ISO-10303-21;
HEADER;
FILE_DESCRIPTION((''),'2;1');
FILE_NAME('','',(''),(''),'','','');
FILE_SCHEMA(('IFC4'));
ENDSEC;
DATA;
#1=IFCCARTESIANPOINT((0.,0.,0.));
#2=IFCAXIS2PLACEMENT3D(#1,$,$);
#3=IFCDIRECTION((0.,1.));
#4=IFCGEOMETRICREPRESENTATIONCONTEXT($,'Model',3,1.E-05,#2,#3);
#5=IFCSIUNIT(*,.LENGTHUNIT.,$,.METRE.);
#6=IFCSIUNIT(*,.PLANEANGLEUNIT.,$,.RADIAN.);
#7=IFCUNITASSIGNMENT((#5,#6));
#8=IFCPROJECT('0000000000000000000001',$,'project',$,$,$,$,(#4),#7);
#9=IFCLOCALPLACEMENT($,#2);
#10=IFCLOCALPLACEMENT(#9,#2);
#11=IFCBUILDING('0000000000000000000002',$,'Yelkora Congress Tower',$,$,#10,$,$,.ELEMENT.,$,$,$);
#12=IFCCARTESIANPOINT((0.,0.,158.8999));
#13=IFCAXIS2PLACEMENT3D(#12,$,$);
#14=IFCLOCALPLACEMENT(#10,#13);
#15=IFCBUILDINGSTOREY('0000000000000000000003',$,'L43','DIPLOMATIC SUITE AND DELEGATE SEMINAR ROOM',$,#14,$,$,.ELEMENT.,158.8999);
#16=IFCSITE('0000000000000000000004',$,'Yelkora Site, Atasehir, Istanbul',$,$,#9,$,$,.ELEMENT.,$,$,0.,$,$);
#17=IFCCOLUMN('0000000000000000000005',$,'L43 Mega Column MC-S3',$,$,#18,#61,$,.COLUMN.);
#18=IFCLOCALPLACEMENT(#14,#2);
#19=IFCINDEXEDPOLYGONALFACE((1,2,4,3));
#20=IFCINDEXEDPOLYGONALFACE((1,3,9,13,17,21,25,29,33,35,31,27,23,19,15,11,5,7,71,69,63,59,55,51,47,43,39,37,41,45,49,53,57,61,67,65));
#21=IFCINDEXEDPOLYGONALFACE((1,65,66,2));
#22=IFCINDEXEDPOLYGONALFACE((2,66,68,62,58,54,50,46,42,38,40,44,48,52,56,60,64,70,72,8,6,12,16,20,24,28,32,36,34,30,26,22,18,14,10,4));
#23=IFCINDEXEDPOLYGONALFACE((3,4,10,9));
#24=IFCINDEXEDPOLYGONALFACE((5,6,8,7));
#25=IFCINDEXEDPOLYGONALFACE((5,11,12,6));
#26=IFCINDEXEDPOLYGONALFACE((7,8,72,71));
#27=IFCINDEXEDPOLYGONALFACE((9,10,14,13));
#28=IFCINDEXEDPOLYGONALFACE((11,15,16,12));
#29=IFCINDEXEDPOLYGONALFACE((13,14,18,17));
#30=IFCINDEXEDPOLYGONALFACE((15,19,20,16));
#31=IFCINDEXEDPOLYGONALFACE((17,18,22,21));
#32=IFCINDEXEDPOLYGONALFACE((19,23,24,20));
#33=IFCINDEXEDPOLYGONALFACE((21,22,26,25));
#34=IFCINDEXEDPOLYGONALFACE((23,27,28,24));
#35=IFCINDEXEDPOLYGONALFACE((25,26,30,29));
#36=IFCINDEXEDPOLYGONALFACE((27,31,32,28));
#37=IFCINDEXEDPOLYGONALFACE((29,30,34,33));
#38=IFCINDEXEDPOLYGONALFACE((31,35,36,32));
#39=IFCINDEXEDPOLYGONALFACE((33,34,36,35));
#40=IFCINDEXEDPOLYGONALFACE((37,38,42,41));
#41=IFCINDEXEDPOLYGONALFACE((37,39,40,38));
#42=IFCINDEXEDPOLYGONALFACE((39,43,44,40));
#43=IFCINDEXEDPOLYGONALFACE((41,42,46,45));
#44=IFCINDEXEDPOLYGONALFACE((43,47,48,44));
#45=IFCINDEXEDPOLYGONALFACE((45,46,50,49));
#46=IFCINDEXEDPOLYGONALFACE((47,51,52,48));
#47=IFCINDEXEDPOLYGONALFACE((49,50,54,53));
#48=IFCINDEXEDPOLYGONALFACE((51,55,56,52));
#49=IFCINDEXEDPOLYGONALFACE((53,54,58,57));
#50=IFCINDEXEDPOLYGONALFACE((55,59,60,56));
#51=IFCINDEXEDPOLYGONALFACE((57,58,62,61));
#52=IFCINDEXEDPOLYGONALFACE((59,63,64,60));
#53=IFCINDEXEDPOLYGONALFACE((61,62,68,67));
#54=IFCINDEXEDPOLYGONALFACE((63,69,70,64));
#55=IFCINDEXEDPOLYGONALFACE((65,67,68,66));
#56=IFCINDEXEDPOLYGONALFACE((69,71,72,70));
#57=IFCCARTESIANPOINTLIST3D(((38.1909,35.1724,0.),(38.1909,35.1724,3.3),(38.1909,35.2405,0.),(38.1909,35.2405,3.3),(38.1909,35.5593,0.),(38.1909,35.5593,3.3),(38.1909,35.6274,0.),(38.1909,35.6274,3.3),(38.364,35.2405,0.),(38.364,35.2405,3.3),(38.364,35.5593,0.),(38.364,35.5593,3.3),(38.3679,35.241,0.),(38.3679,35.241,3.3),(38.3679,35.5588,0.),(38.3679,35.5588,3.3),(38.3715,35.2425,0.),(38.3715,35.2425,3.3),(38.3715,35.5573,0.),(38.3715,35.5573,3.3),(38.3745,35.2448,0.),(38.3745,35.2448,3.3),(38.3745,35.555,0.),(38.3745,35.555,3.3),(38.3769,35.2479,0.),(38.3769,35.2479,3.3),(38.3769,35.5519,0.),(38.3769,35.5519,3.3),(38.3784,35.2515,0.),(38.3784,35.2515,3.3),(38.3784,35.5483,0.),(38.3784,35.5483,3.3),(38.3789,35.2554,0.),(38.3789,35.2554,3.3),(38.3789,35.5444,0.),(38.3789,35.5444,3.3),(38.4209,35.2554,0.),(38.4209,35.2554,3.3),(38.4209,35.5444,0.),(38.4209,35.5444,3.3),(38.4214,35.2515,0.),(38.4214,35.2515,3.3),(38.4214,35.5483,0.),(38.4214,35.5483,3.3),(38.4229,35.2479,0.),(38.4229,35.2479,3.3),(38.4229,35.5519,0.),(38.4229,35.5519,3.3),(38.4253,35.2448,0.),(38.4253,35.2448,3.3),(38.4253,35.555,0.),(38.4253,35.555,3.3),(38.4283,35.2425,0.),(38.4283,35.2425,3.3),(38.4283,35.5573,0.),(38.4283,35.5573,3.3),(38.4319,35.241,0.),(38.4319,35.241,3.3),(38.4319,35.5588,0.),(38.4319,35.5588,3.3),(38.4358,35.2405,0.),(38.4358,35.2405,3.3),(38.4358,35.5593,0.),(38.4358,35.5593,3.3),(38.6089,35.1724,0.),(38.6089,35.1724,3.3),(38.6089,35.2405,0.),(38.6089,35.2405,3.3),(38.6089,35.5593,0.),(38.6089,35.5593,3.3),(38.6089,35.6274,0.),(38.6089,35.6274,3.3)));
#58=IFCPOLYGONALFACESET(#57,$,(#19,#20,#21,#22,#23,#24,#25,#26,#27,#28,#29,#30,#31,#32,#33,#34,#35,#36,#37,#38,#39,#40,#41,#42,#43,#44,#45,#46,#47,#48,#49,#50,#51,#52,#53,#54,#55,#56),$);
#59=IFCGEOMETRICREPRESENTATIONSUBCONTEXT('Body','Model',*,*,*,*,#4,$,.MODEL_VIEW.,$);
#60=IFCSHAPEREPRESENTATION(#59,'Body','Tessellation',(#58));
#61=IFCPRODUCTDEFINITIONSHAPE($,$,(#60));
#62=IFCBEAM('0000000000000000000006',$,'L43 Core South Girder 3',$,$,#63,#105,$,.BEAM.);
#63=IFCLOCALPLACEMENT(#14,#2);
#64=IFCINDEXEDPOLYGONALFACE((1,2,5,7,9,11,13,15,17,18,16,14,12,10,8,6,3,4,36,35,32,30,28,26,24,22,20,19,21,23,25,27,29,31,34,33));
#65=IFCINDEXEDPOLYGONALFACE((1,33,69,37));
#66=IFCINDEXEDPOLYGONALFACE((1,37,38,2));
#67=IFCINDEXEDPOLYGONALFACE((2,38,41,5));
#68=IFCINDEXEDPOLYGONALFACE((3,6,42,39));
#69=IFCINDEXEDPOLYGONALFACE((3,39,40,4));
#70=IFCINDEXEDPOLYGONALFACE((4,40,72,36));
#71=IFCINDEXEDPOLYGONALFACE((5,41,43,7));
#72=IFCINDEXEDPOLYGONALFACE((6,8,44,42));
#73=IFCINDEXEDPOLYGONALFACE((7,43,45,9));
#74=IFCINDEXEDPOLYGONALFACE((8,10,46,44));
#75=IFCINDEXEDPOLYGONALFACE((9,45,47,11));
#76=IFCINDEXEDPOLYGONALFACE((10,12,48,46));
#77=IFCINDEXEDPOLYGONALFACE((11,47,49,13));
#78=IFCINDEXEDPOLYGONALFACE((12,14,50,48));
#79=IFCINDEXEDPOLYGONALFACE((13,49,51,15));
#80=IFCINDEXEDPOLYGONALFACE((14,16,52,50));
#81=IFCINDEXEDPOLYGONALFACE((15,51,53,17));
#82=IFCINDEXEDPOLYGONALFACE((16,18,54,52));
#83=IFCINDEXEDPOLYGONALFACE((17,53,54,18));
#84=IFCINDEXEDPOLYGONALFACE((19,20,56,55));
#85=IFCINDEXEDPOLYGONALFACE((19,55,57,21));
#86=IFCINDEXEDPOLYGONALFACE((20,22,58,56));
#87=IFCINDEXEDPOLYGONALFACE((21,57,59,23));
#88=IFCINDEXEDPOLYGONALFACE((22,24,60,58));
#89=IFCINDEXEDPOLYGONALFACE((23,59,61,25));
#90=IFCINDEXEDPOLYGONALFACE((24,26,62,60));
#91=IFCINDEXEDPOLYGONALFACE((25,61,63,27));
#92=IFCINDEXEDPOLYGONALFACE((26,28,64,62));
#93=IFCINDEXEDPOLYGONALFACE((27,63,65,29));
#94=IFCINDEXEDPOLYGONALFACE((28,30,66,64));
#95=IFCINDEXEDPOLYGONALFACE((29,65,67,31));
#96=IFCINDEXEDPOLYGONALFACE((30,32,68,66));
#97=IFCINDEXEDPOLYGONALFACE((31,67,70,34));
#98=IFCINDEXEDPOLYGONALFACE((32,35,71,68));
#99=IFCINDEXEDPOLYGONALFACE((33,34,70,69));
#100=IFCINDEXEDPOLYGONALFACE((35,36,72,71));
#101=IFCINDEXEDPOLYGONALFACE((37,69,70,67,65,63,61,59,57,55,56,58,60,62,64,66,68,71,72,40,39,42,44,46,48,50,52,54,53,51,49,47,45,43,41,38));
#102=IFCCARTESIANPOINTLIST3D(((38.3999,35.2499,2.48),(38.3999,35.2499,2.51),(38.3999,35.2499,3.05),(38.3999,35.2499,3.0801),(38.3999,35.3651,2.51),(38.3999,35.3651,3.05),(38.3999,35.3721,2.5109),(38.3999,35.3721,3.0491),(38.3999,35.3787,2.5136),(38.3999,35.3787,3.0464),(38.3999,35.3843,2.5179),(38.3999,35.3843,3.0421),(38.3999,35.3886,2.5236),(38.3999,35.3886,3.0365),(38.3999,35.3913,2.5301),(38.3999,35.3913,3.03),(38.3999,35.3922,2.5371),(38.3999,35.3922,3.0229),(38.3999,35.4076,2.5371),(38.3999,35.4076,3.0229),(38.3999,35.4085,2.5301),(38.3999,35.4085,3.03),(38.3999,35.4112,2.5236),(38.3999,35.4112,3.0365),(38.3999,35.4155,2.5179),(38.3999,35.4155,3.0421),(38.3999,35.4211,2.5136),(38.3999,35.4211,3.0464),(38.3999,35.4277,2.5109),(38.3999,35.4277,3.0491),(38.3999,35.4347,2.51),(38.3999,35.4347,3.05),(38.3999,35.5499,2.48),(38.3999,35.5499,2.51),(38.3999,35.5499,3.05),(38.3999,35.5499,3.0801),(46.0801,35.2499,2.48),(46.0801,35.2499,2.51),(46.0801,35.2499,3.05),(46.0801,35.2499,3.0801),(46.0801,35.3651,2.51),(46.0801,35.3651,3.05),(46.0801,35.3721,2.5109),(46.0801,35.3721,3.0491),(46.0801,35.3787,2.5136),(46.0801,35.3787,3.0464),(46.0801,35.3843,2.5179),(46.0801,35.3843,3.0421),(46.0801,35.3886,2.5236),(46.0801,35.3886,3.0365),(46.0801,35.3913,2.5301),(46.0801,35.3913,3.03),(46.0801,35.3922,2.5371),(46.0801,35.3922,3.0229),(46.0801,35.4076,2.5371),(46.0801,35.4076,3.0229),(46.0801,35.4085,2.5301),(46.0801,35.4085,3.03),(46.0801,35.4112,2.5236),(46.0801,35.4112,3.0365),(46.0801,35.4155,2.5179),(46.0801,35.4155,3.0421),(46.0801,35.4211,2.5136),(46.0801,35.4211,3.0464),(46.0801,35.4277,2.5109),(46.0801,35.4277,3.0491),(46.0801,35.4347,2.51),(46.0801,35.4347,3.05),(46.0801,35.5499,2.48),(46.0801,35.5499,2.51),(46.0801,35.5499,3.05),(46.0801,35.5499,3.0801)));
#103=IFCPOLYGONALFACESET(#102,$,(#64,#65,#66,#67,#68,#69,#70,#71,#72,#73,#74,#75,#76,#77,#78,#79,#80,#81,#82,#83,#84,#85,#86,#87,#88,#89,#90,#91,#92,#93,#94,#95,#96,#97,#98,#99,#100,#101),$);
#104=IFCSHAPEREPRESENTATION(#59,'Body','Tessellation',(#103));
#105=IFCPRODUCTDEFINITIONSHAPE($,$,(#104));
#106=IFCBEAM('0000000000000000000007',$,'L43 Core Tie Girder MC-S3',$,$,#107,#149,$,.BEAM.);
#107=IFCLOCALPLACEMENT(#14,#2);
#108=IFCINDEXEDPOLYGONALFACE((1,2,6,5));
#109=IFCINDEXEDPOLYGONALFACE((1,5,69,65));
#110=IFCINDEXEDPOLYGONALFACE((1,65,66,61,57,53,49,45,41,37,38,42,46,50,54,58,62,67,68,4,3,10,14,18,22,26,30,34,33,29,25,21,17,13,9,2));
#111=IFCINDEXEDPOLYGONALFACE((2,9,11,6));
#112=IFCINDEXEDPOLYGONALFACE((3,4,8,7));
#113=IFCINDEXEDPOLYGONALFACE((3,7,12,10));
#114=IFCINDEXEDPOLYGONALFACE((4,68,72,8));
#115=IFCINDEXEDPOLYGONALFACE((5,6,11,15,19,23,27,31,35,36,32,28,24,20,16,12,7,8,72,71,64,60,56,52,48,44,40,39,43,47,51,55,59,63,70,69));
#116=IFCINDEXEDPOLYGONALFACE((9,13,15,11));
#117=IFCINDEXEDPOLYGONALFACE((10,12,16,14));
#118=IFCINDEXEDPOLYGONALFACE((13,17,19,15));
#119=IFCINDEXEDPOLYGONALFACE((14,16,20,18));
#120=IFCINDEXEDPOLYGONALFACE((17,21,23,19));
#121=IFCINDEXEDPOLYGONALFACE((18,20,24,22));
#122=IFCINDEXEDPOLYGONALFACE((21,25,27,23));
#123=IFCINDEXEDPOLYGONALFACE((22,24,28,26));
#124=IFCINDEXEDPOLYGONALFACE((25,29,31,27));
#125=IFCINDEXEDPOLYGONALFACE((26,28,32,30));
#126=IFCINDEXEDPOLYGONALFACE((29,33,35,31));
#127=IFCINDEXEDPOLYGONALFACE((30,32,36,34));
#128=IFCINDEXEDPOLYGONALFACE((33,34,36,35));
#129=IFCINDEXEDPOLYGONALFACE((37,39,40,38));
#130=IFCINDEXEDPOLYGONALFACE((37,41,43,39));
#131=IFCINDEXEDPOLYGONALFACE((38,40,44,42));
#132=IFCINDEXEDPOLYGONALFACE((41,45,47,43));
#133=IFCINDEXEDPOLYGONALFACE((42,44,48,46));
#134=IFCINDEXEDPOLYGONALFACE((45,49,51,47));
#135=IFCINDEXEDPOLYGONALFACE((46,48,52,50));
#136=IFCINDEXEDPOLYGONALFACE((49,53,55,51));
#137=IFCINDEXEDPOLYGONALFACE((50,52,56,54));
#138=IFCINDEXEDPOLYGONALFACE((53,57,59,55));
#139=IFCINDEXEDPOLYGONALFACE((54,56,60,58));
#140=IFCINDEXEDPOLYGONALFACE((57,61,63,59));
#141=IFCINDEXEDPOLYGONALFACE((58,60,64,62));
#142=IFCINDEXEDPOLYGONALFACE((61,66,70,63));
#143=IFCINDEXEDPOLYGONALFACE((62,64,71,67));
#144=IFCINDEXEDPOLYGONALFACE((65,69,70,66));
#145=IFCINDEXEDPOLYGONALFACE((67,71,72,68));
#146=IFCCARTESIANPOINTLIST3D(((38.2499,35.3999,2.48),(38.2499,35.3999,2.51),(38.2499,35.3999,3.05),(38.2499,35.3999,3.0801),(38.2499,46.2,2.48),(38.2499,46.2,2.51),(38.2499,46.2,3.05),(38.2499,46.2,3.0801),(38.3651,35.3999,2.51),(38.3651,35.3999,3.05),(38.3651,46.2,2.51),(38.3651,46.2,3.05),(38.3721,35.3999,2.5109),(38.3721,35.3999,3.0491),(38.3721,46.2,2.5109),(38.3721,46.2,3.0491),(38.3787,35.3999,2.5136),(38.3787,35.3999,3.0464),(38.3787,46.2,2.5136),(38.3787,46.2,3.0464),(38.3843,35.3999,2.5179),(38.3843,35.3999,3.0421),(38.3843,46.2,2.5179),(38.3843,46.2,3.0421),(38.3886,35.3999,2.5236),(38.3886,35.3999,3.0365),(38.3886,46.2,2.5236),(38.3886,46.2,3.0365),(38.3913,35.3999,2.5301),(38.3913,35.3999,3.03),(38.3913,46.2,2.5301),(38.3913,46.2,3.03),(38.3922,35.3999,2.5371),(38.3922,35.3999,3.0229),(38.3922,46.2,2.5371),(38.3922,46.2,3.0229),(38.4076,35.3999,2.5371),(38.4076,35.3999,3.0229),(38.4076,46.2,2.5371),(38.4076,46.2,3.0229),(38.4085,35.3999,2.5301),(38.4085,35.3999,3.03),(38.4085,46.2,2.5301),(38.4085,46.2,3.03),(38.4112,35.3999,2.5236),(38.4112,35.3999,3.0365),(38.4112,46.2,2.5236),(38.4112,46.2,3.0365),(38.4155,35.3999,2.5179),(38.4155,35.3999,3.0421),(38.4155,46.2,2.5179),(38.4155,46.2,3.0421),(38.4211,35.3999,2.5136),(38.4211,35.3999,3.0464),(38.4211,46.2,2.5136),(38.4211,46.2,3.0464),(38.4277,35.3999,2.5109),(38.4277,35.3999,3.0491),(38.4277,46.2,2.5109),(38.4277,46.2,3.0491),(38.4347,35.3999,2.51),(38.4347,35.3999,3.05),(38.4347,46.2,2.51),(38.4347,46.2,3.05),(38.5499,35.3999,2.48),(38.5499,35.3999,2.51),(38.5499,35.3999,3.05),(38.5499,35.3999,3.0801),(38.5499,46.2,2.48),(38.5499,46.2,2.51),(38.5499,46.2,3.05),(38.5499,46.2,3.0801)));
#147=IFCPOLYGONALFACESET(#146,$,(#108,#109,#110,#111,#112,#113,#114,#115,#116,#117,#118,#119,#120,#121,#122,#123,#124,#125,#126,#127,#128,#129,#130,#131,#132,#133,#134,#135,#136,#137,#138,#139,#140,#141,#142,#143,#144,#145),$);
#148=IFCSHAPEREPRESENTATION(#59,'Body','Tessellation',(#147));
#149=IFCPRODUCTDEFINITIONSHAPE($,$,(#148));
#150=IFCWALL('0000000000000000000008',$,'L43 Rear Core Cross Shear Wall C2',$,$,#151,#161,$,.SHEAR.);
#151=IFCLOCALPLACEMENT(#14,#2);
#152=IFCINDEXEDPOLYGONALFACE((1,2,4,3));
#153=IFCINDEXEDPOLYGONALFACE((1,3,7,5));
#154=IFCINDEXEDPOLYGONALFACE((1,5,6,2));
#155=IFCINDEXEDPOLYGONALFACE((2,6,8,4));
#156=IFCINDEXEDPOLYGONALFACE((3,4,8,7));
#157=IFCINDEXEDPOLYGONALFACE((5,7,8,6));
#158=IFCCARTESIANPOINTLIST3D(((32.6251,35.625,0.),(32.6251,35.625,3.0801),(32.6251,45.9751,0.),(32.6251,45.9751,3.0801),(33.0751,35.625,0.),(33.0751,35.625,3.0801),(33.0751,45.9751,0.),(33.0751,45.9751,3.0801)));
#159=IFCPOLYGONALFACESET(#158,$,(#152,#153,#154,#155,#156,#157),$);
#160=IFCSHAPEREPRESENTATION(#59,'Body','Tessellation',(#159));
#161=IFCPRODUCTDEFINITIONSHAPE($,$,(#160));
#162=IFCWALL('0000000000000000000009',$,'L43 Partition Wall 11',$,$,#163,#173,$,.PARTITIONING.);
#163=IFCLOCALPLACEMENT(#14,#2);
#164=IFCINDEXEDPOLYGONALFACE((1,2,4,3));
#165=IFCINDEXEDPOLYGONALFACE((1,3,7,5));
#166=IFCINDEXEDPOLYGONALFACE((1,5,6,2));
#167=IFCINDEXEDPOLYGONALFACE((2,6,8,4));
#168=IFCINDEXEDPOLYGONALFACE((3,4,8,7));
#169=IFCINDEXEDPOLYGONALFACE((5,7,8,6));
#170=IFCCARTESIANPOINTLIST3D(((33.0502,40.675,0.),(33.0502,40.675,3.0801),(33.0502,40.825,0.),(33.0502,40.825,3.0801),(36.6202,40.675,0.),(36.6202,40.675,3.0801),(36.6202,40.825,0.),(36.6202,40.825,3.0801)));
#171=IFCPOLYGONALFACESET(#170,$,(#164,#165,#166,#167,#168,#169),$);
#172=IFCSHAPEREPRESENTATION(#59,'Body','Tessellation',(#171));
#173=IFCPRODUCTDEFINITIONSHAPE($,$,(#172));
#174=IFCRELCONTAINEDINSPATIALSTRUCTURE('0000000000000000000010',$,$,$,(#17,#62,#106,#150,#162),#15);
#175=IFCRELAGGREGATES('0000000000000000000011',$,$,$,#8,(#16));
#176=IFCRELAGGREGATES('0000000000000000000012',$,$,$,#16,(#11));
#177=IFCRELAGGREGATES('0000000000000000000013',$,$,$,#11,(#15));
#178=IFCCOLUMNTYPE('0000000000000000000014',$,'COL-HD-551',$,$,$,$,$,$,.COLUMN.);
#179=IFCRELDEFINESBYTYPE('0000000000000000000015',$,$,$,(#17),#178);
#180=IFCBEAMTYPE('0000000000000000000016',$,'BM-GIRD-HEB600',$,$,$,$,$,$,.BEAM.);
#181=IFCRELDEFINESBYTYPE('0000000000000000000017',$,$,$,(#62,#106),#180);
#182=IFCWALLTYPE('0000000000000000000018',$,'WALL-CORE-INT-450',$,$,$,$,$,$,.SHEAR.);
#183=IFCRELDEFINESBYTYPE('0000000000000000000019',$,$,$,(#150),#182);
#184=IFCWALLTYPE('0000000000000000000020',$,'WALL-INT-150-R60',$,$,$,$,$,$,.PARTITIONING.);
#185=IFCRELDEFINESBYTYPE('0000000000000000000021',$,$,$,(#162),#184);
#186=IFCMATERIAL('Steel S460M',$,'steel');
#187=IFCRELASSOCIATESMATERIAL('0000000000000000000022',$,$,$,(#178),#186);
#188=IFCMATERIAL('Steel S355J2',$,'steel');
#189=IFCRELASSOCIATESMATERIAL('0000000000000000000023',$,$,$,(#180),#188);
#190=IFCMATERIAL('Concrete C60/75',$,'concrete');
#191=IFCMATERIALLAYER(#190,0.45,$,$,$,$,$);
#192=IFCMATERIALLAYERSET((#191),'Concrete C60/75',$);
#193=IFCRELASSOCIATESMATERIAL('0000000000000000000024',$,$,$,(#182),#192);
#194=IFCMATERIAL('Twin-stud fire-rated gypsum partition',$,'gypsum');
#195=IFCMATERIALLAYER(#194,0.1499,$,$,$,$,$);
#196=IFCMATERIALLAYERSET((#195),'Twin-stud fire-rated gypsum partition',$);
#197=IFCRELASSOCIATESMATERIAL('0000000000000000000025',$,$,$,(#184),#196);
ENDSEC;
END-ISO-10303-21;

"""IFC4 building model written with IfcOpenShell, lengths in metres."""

from ifc_helpers import new_model, si_unit, direction, frame, frame_2d, origin, origin_2d, place, context, subcontext, project, spatial, rectangle, i_section, extrude, material, layer, layer_set, material_profile, profile_set, type_object, element, save


model = new_model("IFC4")

# Units and contexts
model_context = context("Model", 3, precision=1e-05, world=origin(), true_north=direction((0.0, 1.0)))
body_context = subcontext(model_context, "Body", "Model", "MODEL_VIEW")
ifc_project = project(units=[si_unit("LENGTHUNIT", "METRE"), si_unit("PLANEANGLEUNIT", "RADIAN")], contexts=[model_context])

# Site, building, storey
site_placement = place(None, origin())
site = spatial("IfcSite", under=ifc_project, at=site_placement, Name="Yelkora Site, Atasehir, Istanbul", CompositionType="ELEMENT", RefElevation=0.0)
building_placement = place(site_placement, origin())
building = spatial("IfcBuilding", under=site, at=building_placement, Name="Yelkora Congress Tower", CompositionType="ELEMENT")
storey_placement = place(building_placement, frame((0.0, 0.0, 158.8999)))
storey = spatial("IfcBuildingStorey", under=building, at=storey_placement, Name="L43", Description="DIPLOMATIC SUITE AND DELEGATE SEMINAR ROOM", CompositionType="ELEMENT", Elevation=158.8999)

# Column
ifc_material_1 = material(Name="Steel S460M", Category="steel")
ifc_material_profile_1 = material_profile(ifc_material_1, i_section(OverallWidth=0.418, OverallDepth=0.4551, WebThickness=0.042, FlangeThickness=0.0681, FilletRadius=0.0149, at=origin_2d()), Name="HD 400x551")
ifc_profile_set_1 = profile_set([ifc_material_profile_1], Name="Steel S460M")
column_type = type_object("IfcColumnType", Name="COL-HD-551", PredefinedType="COLUMN", material=ifc_profile_set_1)
column_placement = place(storey_placement, frame((38.3999, 35.3999, 0.0), z_axis=(0.0, 0.0, 1.0), x_axis=(1.0, 0.0, 0.0)))
element("IfcColumn", 1, at=column_placement, inside=storey, type_object=column_type, Name="L43 Mega Column MC-S3", PredefinedType="COLUMN", context=body_context, shape_type="SweptSolid", body=[
    extrude(i_section(OverallWidth=0.418, OverallDepth=0.4551, WebThickness=0.042, FlangeThickness=0.0681, FilletRadius=0.0149, at=origin_2d()), origin(), (0.0, 0.0, 1.0), 3.3),
])

# Beams
ifc_material_2 = material(Name="Steel S355J2", Category="steel")
ifc_material_profile_2 = material_profile(ifc_material_2, i_section(OverallWidth=0.3, OverallDepth=0.6001, WebThickness=0.0154, FlangeThickness=0.03, FilletRadius=0.0271, at=origin_2d()), Name="HEB 600")
ifc_profile_set_2 = profile_set([ifc_material_profile_2], Name="Steel S355J2")
beam_type = type_object("IfcBeamType", Name="BM-GIRD-HEB600", PredefinedType="BEAM", material=ifc_profile_set_2)
beam_1_placement = place(storey_placement, frame((38.3999, 35.3999, 2.78), z_axis=(1.0, 0.0, 0.0), x_axis=(0.0, 1.0, 0.0)))
element("IfcBeam", 2, at=beam_1_placement, inside=storey, type_object=beam_type, Name="L43 Core South Girder 3", PredefinedType="BEAM", context=body_context, shape_type="SweptSolid", body=[
    extrude(i_section(OverallWidth=0.3, OverallDepth=0.6001, WebThickness=0.0154, FlangeThickness=0.03, FilletRadius=0.0271, at=origin_2d()), origin(), (0.0, 0.0, 1.0), 7.6802),
])
beam_2_placement = place(storey_placement, frame((38.3999, 35.3999, 2.78), z_axis=(0.0, 1.0, 0.0), x_axis=(-1.0, 0.0, 0.0)))
element("IfcBeam", 3, at=beam_2_placement, inside=storey, type_object=beam_type, Name="L43 Core Tie Girder MC-S3", PredefinedType="BEAM", context=body_context, shape_type="SweptSolid", body=[
    extrude(i_section(OverallWidth=0.3, OverallDepth=0.6001, WebThickness=0.0154, FlangeThickness=0.03, FilletRadius=0.0271, at=origin_2d()), origin(), (0.0, 0.0, 1.0), 10.8),
])

# Shared definitions
ifc_material_3 = material(Name="Concrete C60/75", Category="concrete")
ifc_layer_1 = layer(ifc_material_3, 0.45)
ifc_layer_set_1 = layer_set([ifc_layer_1], Name="Concrete C60/75")
wall_type_1 = type_object("IfcWallType", Name="WALL-CORE-INT-450", PredefinedType="SHEAR", material=ifc_layer_set_1)

# Walls
wall_1_placement = place(storey_placement, frame((32.8501, 35.625, 0.0), z_axis=(0.0, 0.0, 1.0), x_axis=(0.0, 1.0, 0.0)))
element("IfcWall", 4, at=wall_1_placement, inside=storey, type_object=wall_type_1, Name="L43 Rear Core Cross Shear Wall C2", PredefinedType="SHEAR", context=body_context, shape_type="SweptSolid", body=[
    extrude(rectangle(XDim=10.3501, YDim=0.45, at=frame_2d((5.175, 0.0))), origin(), (0.0, 0.0, 1.0), 3.0801),
])
ifc_material_4 = material(Name="Twin-stud fire-rated gypsum partition", Category="gypsum")
ifc_layer_2 = layer(ifc_material_4, 0.1499)
ifc_layer_set_2 = layer_set([ifc_layer_2], Name="Twin-stud fire-rated gypsum partition")
wall_type_2 = type_object("IfcWallType", Name="WALL-INT-150-R60", PredefinedType="PARTITIONING", material=ifc_layer_set_2)
wall_2_placement = place(storey_placement, frame((33.05, 40.75, 0.0), z_axis=(0.0, 0.0, 1.0), x_axis=(1.0, 0.0, 0.0)))
element("IfcWall", 5, at=wall_2_placement, inside=storey, type_object=wall_type_2, Name="L43 Partition Wall 11", PredefinedType="PARTITIONING", context=body_context, shape_type="SweptSolid", body=[
    extrude(rectangle(XDim=3.5701, YDim=0.1499, at=frame_2d((1.7852, 0.0))), origin(), (0.0, 0.0, 1.0), 3.0801),
])

save(model, "model.ifc")
